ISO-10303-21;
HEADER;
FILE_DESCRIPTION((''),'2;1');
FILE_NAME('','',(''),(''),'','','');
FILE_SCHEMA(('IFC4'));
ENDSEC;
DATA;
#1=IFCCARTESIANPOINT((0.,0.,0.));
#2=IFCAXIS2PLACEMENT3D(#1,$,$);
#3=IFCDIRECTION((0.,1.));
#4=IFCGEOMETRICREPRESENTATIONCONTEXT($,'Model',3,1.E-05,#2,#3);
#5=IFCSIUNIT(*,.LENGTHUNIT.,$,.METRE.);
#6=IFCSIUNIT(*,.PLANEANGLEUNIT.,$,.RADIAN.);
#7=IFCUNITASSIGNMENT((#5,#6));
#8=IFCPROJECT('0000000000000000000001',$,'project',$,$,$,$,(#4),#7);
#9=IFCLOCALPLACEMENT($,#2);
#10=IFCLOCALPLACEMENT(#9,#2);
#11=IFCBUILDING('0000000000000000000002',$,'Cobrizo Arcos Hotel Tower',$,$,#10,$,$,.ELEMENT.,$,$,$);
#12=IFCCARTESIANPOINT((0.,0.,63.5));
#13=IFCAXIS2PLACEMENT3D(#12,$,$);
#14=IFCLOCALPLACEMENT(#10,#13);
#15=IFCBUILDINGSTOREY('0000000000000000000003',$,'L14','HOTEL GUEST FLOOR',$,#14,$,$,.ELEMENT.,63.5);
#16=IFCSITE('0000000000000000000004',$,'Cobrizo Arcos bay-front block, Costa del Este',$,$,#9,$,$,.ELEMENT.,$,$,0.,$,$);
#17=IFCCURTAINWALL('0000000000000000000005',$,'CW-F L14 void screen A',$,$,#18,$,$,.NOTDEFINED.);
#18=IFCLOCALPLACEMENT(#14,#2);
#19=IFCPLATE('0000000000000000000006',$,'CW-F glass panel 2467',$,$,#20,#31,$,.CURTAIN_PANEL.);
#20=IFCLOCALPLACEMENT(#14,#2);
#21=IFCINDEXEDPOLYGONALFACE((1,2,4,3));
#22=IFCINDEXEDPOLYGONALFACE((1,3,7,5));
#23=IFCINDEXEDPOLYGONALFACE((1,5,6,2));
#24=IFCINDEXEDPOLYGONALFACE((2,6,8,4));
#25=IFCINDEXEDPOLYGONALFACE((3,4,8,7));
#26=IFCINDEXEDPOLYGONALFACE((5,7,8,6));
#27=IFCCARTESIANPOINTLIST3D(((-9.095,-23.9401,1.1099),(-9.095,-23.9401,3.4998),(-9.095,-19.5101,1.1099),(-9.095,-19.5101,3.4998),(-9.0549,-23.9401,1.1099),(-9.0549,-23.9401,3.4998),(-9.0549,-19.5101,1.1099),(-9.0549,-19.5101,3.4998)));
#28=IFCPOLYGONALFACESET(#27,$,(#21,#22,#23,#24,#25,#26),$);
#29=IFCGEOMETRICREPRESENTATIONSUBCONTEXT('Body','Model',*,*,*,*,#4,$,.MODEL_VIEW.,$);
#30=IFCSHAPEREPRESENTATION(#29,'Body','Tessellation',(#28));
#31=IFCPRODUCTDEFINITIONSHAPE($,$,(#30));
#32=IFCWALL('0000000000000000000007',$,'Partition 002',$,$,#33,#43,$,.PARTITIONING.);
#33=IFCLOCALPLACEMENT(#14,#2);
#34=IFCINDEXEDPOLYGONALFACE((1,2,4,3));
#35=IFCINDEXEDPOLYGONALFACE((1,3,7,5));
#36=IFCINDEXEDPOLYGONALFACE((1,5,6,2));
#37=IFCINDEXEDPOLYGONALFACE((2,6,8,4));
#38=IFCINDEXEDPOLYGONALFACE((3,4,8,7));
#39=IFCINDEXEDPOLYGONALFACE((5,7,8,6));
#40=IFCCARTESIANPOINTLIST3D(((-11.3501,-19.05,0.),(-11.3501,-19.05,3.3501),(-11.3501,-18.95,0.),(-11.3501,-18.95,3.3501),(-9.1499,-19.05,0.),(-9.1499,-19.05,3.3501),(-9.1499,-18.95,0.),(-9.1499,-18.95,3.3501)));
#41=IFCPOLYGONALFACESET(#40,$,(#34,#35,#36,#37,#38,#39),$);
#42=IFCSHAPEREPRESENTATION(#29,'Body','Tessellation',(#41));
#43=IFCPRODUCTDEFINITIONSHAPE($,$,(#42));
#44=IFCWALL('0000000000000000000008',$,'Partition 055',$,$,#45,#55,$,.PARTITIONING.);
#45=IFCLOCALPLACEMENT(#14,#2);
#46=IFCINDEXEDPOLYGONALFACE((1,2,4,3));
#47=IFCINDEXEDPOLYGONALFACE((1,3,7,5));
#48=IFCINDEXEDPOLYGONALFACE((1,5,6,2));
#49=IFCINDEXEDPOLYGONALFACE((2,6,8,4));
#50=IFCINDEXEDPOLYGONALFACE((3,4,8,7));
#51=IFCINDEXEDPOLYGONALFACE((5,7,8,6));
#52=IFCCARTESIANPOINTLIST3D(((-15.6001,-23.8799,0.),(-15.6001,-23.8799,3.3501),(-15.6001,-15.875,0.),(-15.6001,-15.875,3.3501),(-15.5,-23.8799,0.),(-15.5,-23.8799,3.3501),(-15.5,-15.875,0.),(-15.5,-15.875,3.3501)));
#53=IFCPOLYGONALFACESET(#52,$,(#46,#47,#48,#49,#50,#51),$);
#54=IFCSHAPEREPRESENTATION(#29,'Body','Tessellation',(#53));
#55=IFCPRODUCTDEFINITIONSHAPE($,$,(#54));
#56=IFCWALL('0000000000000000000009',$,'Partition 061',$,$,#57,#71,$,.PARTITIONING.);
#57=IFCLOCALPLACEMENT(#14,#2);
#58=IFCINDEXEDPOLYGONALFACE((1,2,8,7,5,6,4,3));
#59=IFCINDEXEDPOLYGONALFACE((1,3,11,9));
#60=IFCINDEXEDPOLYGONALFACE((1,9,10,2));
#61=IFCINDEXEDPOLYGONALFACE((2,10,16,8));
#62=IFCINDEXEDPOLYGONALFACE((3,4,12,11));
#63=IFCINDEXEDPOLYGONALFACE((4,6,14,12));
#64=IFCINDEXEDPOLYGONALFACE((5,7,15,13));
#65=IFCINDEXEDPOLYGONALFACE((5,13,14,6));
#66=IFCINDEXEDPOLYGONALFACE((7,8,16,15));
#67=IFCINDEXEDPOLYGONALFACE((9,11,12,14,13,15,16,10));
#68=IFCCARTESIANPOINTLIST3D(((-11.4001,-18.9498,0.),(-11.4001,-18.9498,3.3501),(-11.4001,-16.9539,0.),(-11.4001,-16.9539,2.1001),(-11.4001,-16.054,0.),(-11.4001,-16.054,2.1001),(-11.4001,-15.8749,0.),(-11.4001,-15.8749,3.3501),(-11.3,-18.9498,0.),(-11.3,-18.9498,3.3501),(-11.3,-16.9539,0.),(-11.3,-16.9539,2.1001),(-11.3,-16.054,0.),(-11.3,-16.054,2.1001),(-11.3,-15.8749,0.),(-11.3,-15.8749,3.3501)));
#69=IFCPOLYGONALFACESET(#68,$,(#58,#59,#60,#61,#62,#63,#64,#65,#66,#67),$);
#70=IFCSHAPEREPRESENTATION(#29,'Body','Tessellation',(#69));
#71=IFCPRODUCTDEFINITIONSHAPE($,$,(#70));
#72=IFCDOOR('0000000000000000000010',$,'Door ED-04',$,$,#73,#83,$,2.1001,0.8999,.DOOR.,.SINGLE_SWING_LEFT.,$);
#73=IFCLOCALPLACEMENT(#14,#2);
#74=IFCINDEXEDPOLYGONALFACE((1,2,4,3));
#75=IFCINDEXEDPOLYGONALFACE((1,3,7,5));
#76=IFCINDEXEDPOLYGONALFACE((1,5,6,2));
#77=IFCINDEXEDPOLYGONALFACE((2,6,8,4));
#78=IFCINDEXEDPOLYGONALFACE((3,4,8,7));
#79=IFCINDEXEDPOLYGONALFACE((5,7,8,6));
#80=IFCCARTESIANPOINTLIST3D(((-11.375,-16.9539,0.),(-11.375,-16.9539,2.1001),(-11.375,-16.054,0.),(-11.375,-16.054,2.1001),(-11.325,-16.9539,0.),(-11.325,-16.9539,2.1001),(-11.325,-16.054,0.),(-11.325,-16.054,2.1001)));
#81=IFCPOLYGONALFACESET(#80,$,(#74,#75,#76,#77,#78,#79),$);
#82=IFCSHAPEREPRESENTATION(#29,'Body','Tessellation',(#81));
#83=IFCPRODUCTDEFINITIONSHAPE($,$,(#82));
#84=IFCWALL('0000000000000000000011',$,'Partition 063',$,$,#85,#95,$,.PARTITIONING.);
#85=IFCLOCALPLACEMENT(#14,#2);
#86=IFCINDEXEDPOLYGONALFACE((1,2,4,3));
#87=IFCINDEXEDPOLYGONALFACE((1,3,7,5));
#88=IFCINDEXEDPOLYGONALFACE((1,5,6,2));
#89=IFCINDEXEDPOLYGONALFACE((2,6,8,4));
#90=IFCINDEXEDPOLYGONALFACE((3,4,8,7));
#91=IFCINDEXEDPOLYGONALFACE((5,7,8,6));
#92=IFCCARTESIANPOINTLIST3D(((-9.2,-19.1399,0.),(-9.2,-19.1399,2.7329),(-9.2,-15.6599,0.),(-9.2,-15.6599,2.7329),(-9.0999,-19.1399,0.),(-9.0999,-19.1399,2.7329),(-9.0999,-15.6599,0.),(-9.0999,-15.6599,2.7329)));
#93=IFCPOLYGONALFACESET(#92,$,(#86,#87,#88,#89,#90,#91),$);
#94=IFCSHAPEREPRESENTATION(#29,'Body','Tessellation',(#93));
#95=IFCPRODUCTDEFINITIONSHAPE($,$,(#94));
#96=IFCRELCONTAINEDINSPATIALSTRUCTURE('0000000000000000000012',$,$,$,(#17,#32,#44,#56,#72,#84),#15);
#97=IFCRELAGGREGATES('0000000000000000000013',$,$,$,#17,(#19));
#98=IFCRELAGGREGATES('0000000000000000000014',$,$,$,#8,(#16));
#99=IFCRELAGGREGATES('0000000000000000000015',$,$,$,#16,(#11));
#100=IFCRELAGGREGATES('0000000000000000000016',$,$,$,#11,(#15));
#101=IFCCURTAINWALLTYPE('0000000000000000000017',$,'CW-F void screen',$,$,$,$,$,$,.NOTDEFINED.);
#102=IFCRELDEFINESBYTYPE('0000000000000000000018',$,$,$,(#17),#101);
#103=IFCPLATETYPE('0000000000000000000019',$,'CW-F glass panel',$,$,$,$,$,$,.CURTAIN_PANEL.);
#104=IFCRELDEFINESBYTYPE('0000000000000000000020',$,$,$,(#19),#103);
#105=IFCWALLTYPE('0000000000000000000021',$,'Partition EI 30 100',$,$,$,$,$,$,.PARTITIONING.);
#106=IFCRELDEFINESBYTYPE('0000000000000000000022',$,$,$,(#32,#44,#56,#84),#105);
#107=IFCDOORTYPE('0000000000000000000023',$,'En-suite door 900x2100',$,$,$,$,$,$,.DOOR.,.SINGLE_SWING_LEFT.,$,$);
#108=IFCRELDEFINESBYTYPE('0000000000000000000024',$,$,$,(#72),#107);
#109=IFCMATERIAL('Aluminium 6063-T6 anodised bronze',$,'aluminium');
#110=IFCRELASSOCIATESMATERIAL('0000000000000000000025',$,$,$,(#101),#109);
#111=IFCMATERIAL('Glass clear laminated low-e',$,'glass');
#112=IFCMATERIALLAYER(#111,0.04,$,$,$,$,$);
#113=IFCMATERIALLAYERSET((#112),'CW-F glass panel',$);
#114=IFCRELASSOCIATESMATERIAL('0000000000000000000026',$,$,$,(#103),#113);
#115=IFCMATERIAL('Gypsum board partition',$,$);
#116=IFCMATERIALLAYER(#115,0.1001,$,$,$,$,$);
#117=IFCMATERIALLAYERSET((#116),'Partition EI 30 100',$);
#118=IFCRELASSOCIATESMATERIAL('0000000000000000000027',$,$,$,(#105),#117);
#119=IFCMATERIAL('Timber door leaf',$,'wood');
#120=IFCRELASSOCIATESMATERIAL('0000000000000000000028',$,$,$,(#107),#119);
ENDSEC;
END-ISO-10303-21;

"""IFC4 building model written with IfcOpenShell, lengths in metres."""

from ifc_helpers import new_model, si_unit, direction, frame, frame_2d, origin, origin_2d, place, context, subcontext, project, spatial, rectangle, extrude, material, layer, layer_set, type_object, element, fill, aggregate, save


model = new_model("IFC4")

# Units and contexts
model_context = context("Model", 3, precision=1e-05, world=origin(), true_north=direction((0.0, 1.0)))
body_context = subcontext(model_context, "Body", "Model", "MODEL_VIEW")
ifc_project = project(units=[si_unit("LENGTHUNIT", "METRE"), si_unit("PLANEANGLEUNIT", "RADIAN")], contexts=[model_context])

# Site, building, storey
site_placement = place(None, origin())
site = spatial("IfcSite", under=ifc_project, at=site_placement, Name="Cobrizo Arcos bay-front block, Costa del Este", CompositionType="ELEMENT", RefElevation=0.0)
building_placement = place(site_placement, origin())
building = spatial("IfcBuilding", under=site, at=building_placement, Name="Cobrizo Arcos Hotel Tower", CompositionType="ELEMENT")
storey_placement = place(building_placement, frame((0.0, 0.0, 63.5)))
storey = spatial("IfcBuildingStorey", under=building, at=storey_placement, Name="L14", Description="HOTEL GUEST FLOOR", CompositionType="ELEMENT", Elevation=63.5)

# Curtain wall
ifc_material_1 = material(Name="Aluminium 6063-T6 anodised bronze", Category="aluminium")
curtain_wall_type_1 = type_object("IfcCurtainWallType", Name="CW-F void screen", PredefinedType="NOTDEFINED", material=ifc_material_1)
curtain_wall_1_placement = place(storey_placement, origin())
curtain_wall_1 = element("IfcCurtainWall", 1, at=curtain_wall_1_placement, inside=storey, type_object=curtain_wall_type_1, Name="CW-F L14 void screen A", PredefinedType="NOTDEFINED")

# Plate
ifc_material_2 = material(Name="Glass clear laminated low-e", Category="glass")
ifc_layer_1 = layer(ifc_material_2, 0.04)
ifc_layer_set_1 = layer_set([ifc_layer_1], Name="CW-F glass panel")
plate_type_1 = type_object("IfcPlateType", Name="CW-F glass panel", PredefinedType="CURTAIN_PANEL", material=ifc_layer_set_1)
plate_1_placement = place(storey_placement, frame((-9.075, -21.7251, 1.1099), z_axis=(0.0, 0.0, 1.0), x_axis=(0.0, -1.0, 0.0)))
plate_1 = element("IfcPlate", 2, at=plate_1_placement, type_object=plate_type_1, Name="CW-F glass panel 2467", PredefinedType="CURTAIN_PANEL", context=body_context, shape_type="SweptSolid", body=[
    extrude(rectangle(XDim=4.4299, YDim=0.04, at=origin_2d()), origin(), (0.0, 0.0, 1.0), 2.3899),
])
aggregate(curtain_wall_1, [plate_1])

# Walls
ifc_material_3 = material(Name="Gypsum board partition")
ifc_layer_2 = layer(ifc_material_3, 0.1001)
ifc_layer_set_2 = layer_set([ifc_layer_2], Name="Partition EI 30 100")
wall_type = type_object("IfcWallType", Name="Partition EI 30 100", PredefinedType="PARTITIONING", material=ifc_layer_set_2)
wall_1_placement = place(storey_placement, frame((-11.3501, -19.0, 0.0), z_axis=(0.0, 0.0, 1.0), x_axis=(1.0, 0.0, 0.0)))
element("IfcWall", 3, at=wall_1_placement, inside=storey, type_object=wall_type, Name="Partition 002", PredefinedType="PARTITIONING", context=body_context, shape_type="SweptSolid", body=[
    extrude(rectangle(XDim=2.2002, YDim=0.1001, at=frame_2d((1.1001, 0.0))), origin(), (0.0, 0.0, 1.0), 3.3501),
])
wall_2_placement = place(storey_placement, frame((-15.55, -23.8799, 0.0), z_axis=(0.0, 0.0, 1.0), x_axis=(0.0, 1.0, 0.0)))
element("IfcWall", 4, at=wall_2_placement, inside=storey, type_object=wall_type, Name="Partition 055", PredefinedType="PARTITIONING", context=body_context, shape_type="SweptSolid", body=[
    extrude(rectangle(XDim=8.0049, YDim=0.1001, at=frame_2d((4.0024, 0.0))), origin(), (0.0, 0.0, 1.0), 3.3501),
])

# Wall, opening, door
wall_3_placement = place(storey_placement, frame((-11.3501, -18.95, 0.0), z_axis=(0.0, 0.0, 1.0), x_axis=(0.0, 1.0, 0.0)))
wall_3 = element("IfcWall", 5, at=wall_3_placement, inside=storey, type_object=wall_type, Name="Partition 061", PredefinedType="PARTITIONING", context=body_context, shape_type="SweptSolid", body=[
    extrude(rectangle(XDim=3.075, YDim=0.1001, at=frame_2d((1.5376, 0.0))), origin(), (0.0, 0.0, 1.0), 3.3501),
])
opening_placement = place(wall_3_placement, frame((1.9961, 0.0, 0.0)))
opening = element("IfcOpeningElement", 6, at=opening_placement, cuts=wall_3, PredefinedType="OPENING", context=body_context, shape_type="SweptSolid", body=[
    extrude(rectangle(XDim=0.8999, YDim=2.1001, at=frame_2d((0.45, 1.05))), frame((0.0, 0.062, 0.0), z_axis=(0.0, -1.0, 0.0), x_axis=(1.0, 0.0, 0.0)), (0.0, 0.0, 1.0), 0.124),
])
ifc_material_4 = material(Name="Timber door leaf", Category="wood")
door_type = type_object("IfcDoorType", Name="En-suite door 900x2100", OperationType="SINGLE_SWING_LEFT", PredefinedType="DOOR", material=ifc_material_4)
door_placement = place(opening_placement, origin())
door = element("IfcDoor", 7, at=door_placement, inside=storey, type_object=door_type, Name="Door ED-04", OperationType="SINGLE_SWING_LEFT", OverallHeight=2.1001, OverallWidth=0.8999, PredefinedType="DOOR", context=body_context, shape_type="SweptSolid", body=[
    extrude(rectangle(XDim=0.8999, YDim=2.1001, at=frame_2d((0.45, 1.05))), frame((0.0, 0.0249, 0.0), z_axis=(0.0, -1.0, 0.0), x_axis=(1.0, 0.0, 0.0)), (0.0, 0.0, 1.0), 0.05),
])
fill(opening, door)

# Wall
wall_4_placement = place(storey_placement, frame((-9.1499, -19.1399, 0.0), z_axis=(0.0, 0.0, 1.0), x_axis=(0.0, 1.0, 0.0)))
element("IfcWall", 8, at=wall_4_placement, inside=storey, type_object=wall_type, Name="Partition 063", PredefinedType="PARTITIONING", context=body_context, shape_type="SweptSolid", body=[
    extrude(rectangle(XDim=3.48, YDim=0.1001, at=frame_2d((1.74, 0.0))), origin(), (0.0, 0.0, 1.0), 2.7329),
])

save(model, "model.ifc")
